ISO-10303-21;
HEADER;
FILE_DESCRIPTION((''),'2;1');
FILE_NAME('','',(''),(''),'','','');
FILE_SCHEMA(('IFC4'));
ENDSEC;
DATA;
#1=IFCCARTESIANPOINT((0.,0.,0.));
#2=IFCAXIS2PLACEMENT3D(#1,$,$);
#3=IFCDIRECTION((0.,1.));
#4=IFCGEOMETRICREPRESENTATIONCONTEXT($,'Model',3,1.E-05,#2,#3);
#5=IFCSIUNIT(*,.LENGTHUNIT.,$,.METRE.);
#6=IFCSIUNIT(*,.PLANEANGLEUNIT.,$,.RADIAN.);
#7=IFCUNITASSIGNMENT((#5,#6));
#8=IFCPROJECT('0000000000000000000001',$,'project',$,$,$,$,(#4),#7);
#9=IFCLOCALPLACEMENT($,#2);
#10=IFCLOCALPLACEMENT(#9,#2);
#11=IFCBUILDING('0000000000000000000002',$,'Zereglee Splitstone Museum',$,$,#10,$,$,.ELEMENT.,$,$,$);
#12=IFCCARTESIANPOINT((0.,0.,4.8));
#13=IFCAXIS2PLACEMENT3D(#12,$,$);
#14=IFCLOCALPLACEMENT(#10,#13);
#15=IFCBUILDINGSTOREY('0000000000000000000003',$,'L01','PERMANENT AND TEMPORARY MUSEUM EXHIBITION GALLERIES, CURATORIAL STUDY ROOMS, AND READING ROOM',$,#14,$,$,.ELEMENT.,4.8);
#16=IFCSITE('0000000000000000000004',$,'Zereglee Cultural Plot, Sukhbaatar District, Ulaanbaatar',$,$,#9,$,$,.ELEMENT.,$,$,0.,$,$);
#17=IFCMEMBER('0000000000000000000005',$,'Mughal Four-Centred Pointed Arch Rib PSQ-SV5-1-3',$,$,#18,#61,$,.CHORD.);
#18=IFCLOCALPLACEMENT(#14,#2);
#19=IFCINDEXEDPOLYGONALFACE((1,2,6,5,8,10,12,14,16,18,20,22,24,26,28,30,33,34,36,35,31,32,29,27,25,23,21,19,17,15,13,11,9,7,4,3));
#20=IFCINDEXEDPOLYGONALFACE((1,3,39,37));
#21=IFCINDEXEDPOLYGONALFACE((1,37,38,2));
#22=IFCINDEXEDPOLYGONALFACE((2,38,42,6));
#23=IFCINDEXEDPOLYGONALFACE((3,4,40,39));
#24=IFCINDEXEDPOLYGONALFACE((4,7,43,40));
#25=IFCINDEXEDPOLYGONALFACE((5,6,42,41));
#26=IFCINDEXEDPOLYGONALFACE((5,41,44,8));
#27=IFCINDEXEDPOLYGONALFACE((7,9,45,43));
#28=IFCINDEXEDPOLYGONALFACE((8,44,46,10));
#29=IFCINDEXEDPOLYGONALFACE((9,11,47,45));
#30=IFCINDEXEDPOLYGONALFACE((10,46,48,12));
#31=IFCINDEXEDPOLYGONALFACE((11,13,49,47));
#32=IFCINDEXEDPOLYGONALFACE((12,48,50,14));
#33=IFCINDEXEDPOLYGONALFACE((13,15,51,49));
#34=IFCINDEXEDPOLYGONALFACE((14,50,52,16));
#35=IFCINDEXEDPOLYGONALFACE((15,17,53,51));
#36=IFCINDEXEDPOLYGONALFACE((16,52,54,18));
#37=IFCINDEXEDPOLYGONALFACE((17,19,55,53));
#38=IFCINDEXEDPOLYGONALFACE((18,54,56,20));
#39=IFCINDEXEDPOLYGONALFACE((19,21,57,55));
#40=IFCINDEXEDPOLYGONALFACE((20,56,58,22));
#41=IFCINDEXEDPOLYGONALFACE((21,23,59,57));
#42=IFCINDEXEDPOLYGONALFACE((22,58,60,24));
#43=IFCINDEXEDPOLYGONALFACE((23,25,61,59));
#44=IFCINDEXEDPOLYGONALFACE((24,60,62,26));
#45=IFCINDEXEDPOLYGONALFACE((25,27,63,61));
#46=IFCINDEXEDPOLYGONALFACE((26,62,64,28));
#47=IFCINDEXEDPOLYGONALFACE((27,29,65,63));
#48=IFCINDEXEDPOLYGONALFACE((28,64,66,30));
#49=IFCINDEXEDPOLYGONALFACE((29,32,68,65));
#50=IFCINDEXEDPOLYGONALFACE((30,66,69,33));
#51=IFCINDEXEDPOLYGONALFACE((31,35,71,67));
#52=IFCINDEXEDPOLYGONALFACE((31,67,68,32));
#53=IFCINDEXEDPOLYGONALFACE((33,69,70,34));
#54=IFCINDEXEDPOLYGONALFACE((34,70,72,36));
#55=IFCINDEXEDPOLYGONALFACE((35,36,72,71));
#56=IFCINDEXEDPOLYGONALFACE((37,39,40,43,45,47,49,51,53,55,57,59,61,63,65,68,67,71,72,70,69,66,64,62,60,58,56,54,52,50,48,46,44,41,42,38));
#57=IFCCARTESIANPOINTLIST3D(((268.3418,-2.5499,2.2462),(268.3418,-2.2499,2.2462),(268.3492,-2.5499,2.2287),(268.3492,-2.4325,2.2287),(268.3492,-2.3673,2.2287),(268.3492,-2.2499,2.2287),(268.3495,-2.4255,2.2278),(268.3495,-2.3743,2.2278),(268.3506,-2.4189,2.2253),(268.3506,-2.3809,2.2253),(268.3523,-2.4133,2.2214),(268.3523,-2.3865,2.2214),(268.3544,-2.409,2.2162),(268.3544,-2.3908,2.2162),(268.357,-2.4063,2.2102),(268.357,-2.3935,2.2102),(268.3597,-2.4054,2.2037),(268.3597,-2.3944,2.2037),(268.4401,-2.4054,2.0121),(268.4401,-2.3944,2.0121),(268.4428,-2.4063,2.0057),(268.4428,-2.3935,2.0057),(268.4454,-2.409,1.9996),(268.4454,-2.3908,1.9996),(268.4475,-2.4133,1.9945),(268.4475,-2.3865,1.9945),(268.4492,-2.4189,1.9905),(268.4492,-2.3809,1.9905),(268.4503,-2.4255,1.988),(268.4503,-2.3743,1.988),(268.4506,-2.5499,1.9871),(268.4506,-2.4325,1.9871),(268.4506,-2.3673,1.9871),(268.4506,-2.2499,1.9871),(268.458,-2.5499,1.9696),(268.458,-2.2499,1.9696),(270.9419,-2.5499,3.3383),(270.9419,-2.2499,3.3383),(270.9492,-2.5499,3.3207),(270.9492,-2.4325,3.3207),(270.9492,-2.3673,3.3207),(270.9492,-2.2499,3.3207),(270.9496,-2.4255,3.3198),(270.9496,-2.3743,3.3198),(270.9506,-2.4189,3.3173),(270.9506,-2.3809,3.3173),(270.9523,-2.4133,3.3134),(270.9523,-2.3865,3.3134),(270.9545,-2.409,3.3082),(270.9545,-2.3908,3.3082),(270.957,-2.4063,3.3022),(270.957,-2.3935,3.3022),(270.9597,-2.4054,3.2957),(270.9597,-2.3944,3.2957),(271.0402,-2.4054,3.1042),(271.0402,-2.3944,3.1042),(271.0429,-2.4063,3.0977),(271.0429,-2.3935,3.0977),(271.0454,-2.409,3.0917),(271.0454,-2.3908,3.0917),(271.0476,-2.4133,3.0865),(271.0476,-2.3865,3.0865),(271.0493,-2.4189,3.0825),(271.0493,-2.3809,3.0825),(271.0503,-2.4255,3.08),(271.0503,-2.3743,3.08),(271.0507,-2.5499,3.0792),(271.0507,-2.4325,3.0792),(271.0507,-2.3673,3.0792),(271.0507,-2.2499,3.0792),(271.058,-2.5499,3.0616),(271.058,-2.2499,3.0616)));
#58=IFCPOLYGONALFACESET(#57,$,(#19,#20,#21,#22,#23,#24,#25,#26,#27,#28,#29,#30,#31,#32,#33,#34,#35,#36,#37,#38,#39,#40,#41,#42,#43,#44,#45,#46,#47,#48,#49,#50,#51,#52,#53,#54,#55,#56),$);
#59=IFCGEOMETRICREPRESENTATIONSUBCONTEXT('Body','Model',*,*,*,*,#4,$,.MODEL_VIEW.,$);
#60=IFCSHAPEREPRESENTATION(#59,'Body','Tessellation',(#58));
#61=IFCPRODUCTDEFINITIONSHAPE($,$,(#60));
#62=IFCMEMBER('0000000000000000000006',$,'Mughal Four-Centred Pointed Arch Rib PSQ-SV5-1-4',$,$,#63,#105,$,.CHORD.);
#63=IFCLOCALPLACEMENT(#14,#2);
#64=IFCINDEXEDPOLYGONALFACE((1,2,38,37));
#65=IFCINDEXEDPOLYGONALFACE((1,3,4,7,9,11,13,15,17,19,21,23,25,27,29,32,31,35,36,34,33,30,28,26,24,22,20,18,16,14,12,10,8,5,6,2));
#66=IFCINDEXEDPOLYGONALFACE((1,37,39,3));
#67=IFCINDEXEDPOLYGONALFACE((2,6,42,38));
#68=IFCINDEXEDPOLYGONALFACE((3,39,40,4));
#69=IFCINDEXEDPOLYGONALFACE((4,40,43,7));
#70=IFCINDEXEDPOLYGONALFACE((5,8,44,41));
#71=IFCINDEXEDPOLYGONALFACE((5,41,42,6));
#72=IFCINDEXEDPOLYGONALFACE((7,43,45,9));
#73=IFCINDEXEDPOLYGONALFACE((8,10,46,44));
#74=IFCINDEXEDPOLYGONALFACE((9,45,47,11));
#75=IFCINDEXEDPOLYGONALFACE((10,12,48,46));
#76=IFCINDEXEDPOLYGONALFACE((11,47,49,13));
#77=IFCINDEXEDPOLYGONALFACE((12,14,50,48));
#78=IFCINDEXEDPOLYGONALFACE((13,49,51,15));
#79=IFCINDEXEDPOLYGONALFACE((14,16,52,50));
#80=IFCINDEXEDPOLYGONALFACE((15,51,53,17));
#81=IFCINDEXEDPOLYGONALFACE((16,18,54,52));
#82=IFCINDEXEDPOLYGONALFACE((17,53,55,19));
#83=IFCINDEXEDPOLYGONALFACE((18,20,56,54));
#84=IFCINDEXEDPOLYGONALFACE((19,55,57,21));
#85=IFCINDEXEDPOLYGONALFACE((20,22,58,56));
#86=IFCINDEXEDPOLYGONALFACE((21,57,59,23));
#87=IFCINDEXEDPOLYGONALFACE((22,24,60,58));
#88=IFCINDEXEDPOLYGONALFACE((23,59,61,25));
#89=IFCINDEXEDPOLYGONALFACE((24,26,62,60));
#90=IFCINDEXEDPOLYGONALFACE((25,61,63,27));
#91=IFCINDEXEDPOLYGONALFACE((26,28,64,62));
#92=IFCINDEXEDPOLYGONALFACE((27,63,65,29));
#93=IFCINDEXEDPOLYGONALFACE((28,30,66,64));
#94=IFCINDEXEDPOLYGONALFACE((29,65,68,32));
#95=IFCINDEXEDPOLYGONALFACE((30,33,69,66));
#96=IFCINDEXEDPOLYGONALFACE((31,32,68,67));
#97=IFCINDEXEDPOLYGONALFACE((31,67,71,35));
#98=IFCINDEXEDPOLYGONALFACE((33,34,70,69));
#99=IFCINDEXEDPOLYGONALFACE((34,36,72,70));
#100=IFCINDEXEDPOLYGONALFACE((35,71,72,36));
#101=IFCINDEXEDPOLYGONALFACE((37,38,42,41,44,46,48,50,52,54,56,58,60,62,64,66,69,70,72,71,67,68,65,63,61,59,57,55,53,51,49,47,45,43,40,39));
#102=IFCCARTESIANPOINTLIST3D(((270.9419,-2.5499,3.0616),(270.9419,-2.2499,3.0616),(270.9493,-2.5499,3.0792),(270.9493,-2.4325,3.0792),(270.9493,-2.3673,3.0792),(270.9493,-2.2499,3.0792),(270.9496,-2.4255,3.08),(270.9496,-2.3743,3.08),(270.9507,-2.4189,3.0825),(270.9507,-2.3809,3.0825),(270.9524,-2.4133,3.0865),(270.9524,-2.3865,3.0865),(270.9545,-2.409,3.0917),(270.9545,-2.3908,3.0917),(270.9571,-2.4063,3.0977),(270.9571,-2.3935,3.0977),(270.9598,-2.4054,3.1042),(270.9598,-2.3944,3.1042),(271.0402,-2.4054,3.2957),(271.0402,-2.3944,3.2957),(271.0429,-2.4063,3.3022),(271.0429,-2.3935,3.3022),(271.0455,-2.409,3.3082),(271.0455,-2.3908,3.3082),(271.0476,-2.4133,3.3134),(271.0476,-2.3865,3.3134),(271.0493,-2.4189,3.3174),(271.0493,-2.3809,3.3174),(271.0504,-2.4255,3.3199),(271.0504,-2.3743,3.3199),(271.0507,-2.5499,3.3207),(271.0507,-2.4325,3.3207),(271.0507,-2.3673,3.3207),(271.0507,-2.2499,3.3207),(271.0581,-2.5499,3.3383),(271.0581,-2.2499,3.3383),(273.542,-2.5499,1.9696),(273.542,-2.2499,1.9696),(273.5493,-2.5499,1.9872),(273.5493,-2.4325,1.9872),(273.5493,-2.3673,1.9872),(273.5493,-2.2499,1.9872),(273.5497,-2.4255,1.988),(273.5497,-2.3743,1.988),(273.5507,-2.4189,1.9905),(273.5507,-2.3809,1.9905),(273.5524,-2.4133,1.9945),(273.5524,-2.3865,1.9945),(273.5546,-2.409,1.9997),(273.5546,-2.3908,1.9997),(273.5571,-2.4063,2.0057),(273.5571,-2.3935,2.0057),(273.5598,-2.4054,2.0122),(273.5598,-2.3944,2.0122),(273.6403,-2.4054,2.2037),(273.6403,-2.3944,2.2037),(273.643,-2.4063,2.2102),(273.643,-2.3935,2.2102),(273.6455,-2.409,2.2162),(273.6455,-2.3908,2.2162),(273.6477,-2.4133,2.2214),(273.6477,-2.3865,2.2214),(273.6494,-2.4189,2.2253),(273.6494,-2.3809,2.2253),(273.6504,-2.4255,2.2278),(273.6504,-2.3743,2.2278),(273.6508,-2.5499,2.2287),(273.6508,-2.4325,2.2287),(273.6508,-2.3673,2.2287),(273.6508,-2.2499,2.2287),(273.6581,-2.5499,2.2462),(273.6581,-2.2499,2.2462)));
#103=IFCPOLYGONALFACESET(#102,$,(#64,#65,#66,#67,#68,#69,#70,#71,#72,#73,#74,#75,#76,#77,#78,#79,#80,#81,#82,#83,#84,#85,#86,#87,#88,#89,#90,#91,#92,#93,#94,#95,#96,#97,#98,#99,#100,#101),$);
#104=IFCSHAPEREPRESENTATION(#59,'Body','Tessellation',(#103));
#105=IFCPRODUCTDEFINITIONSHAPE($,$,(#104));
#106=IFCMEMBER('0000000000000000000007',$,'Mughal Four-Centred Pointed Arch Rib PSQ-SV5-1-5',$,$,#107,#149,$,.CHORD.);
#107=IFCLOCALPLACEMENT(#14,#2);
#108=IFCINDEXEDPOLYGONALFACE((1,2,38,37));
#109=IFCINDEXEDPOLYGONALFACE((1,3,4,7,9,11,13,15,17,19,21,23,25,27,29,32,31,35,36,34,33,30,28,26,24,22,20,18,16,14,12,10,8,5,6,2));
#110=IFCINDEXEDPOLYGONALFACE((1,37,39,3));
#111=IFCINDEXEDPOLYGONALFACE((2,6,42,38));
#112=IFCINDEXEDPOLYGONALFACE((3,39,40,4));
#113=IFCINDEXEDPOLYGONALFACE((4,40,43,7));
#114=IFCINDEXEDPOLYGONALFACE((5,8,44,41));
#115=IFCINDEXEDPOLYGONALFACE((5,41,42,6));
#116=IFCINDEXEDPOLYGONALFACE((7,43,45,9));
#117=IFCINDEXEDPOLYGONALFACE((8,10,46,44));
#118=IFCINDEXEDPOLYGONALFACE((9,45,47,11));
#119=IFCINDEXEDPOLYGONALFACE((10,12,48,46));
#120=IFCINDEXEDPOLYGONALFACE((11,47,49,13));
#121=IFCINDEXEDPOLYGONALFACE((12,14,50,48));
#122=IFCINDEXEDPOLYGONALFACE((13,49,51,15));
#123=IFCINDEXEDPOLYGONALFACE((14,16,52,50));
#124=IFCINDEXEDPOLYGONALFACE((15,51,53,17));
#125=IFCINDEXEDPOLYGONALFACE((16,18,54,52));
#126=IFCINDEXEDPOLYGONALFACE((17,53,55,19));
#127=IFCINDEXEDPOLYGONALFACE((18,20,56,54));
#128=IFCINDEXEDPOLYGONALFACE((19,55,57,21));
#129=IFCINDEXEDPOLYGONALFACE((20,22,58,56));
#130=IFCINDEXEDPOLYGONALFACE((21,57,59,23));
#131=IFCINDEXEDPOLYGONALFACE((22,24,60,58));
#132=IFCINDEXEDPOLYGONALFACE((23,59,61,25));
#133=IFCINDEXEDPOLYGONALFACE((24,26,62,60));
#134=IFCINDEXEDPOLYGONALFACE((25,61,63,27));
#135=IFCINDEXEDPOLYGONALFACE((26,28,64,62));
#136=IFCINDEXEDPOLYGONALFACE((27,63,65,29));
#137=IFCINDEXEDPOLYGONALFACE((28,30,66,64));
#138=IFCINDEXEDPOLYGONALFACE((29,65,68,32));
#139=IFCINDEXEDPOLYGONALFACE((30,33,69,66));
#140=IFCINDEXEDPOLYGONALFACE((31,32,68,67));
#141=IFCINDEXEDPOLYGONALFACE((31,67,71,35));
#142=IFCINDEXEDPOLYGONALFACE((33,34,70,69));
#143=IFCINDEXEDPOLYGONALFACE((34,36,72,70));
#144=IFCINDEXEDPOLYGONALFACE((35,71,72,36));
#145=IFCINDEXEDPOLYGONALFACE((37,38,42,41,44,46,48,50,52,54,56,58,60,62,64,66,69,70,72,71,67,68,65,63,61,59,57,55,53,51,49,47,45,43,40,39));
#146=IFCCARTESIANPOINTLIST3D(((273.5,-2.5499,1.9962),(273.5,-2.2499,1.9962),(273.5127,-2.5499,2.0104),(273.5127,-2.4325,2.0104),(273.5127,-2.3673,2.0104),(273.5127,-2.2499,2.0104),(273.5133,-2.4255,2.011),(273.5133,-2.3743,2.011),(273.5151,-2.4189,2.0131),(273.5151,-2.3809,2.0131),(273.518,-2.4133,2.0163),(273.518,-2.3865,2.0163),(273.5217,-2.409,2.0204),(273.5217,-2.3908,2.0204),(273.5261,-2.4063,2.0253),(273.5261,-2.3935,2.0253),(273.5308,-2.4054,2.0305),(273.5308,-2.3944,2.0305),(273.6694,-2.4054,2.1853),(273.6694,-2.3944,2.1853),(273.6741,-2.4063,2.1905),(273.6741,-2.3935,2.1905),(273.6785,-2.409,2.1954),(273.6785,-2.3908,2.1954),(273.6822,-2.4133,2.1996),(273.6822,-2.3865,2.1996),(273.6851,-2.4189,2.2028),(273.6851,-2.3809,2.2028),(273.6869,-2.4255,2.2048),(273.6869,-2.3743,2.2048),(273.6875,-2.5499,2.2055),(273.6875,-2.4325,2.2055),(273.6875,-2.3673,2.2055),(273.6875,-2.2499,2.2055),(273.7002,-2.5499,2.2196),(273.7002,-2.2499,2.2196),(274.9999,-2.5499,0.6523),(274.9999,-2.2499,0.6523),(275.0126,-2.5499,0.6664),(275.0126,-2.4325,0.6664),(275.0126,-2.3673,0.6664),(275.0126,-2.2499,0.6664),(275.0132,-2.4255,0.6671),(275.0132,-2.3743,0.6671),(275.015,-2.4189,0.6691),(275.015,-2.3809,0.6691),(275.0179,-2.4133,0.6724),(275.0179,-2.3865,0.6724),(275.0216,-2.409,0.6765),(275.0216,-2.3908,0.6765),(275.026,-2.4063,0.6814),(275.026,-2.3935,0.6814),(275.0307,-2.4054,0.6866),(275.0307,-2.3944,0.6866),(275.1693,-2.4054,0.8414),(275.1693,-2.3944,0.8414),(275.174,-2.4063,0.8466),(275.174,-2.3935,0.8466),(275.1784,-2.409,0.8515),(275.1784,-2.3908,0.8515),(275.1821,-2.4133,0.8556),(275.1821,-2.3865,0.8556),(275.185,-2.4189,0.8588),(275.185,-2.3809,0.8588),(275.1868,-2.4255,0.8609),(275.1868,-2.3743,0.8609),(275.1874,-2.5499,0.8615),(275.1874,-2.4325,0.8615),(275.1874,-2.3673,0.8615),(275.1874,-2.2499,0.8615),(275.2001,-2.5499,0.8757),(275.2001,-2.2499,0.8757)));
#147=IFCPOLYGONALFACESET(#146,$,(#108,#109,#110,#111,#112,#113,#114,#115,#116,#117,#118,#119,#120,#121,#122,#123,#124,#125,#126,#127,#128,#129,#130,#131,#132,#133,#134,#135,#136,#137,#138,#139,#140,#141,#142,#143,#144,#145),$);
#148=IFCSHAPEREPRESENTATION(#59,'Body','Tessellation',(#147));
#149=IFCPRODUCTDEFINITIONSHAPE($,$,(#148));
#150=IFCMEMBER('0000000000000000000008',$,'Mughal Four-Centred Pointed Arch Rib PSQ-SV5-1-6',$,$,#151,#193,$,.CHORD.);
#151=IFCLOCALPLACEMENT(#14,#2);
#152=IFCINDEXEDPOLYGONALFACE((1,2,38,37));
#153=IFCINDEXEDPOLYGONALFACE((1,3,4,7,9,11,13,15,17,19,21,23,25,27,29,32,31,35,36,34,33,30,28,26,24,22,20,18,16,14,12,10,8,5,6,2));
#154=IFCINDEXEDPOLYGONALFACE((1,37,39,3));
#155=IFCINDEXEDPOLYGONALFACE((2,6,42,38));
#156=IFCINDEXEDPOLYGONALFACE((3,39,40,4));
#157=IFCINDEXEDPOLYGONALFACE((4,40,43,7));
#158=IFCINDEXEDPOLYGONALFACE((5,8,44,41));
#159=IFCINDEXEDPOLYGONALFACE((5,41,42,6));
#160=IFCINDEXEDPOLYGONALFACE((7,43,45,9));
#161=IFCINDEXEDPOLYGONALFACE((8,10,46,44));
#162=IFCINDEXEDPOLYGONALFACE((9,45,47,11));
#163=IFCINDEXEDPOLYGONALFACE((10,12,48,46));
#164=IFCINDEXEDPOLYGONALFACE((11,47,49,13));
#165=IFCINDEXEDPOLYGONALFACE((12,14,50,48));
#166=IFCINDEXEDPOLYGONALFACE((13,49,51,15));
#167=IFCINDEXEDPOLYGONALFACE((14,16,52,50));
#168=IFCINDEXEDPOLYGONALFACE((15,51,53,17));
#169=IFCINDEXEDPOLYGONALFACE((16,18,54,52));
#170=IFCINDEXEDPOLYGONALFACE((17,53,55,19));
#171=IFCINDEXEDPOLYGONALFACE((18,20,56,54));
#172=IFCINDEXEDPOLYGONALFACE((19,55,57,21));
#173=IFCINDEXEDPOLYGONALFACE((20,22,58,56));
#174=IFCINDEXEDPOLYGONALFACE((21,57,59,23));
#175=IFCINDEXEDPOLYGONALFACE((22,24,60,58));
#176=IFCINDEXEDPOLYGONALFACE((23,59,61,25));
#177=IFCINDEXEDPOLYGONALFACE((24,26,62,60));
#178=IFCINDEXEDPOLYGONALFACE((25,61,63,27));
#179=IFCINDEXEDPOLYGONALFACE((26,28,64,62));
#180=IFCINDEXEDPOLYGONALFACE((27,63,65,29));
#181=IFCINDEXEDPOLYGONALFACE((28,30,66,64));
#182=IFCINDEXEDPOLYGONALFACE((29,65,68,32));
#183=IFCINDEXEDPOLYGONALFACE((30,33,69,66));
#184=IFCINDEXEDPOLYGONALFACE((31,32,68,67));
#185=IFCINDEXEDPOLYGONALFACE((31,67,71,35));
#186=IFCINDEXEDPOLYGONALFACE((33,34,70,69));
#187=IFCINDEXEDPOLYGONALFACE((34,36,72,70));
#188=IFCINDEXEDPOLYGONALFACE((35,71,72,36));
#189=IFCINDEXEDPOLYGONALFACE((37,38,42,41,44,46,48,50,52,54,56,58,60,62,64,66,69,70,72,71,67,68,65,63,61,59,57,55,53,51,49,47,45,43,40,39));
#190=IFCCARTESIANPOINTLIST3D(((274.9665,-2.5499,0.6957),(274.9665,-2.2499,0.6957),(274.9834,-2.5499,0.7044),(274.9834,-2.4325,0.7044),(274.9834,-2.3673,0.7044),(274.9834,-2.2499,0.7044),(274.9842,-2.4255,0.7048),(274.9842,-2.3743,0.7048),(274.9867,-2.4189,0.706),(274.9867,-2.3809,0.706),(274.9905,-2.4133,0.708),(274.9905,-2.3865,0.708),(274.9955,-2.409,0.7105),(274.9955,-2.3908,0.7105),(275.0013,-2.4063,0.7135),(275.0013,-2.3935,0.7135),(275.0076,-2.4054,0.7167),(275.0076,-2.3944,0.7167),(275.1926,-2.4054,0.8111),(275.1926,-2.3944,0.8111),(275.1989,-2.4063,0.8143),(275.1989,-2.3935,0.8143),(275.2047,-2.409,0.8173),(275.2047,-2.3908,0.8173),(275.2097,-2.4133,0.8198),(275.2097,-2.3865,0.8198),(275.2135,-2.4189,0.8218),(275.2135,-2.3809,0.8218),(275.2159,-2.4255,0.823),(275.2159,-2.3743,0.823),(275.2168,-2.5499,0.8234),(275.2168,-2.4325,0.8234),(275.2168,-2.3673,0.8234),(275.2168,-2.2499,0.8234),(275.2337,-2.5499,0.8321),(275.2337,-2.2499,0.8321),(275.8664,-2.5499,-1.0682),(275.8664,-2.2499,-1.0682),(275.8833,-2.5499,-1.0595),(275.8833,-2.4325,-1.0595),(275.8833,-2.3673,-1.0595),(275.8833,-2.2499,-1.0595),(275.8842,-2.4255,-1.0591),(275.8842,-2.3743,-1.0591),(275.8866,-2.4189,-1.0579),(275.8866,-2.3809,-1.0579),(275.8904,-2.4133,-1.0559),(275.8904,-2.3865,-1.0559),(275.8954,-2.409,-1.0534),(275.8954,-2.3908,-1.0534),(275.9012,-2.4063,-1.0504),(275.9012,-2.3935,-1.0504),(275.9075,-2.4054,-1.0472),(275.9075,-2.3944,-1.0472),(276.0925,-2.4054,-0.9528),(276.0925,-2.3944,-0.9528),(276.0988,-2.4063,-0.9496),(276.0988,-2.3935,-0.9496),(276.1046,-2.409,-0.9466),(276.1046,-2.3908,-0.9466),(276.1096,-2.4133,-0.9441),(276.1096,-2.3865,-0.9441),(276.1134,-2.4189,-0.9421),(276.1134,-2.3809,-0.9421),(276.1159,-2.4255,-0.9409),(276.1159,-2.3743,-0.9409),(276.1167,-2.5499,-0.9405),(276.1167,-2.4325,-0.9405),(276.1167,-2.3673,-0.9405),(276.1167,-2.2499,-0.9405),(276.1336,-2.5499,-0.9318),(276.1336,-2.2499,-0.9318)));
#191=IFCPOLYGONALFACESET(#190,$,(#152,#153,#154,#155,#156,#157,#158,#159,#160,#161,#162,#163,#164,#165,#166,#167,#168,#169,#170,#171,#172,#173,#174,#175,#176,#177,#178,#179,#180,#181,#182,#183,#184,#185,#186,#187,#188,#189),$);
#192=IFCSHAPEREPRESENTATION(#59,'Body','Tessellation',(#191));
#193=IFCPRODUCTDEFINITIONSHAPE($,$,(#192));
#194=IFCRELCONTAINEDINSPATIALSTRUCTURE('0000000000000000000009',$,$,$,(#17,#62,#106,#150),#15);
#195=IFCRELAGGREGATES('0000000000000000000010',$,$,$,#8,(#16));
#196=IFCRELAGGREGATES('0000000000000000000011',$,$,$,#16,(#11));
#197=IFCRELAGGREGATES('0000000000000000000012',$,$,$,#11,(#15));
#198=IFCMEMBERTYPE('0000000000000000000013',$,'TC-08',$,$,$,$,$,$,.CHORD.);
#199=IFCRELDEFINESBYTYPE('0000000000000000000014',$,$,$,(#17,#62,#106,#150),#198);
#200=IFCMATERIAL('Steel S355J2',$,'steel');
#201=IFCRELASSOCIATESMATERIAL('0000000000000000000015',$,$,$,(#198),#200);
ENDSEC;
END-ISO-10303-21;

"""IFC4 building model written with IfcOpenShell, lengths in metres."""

from ifc_helpers import new_model, si_unit, direction, frame, origin, origin_2d, place, context, subcontext, project, spatial, i_section, extrude, material, material_profile, profile_set, type_object, element, save


model = new_model("IFC4")

# Units and contexts
model_context = context("Model", 3, precision=1e-05, world=origin(), true_north=direction((0.0, 1.0)))
body_context = subcontext(model_context, "Body", "Model", "MODEL_VIEW")
ifc_project = project(units=[si_unit("LENGTHUNIT", "METRE"), si_unit("PLANEANGLEUNIT", "RADIAN")], contexts=[model_context])

# Site, building, storey
site_placement = place(None, origin())
site = spatial("IfcSite", under=ifc_project, at=site_placement, Name="Zereglee Cultural Plot, Sukhbaatar District, Ulaanbaatar", CompositionType="ELEMENT", RefElevation=0.0)
building_placement = place(site_placement, origin())
building = spatial("IfcBuilding", under=site, at=building_placement, Name="Zereglee Splitstone Museum", CompositionType="ELEMENT")
storey_placement = place(building_placement, frame((0.0, 0.0, 4.8)))
storey = spatial("IfcBuildingStorey", under=building, at=storey_placement, Name="L01", Description="PERMANENT AND TEMPORARY MUSEUM EXHIBITION GALLERIES, CURATORIAL STUDY ROOMS, AND READING ROOM", CompositionType="ELEMENT", Elevation=4.8)

# Shared definitions
ifc_material_1 = material(Name="Steel S355J2", Category="steel")

# Members
ifc_material_profile_1 = material_profile(ifc_material_1, i_section(OverallWidth=0.3, OverallDepth=0.3, WebThickness=0.011, FlangeThickness=0.019, FilletRadius=0.0271, at=origin_2d()), Name="HE 300 B")
ifc_profile_set_1 = profile_set([ifc_material_profile_1], Name="Steel S355J2")
member_type_1 = type_object("IfcMemberType", Name="TC-08", PredefinedType="CHORD", material=ifc_profile_set_1)
for number, where, z_axis, x_axis, name in (
    (1, (268.3999, -2.3999, 2.1079), (0.921982, 0.0, 0.387232), (0.0, 1.0, 0.0), "Mughal Four-Centred Pointed Arch Rib PSQ-SV5-1-3"),
    (2, (271.0, -2.3999, 3.2), (0.921982, 0.0, -0.387232), (0.0, 1.0, 0.0), "Mughal Four-Centred Pointed Arch Rib PSQ-SV5-1-4"),
):
    element("IfcMember", number, at=place(storey_placement, frame(where, z_axis=z_axis, x_axis=x_axis)), inside=storey, type_object=member_type_1, Name=name, PredefinedType="CHORD", context=body_context, shape_type="SweptSolid", body=[
        extrude(i_section(OverallWidth=0.3, OverallDepth=0.3, WebThickness=0.011, FlangeThickness=0.019, FilletRadius=0.0271, at=origin_2d()), origin(), (0.0, 0.0, 1.0), 2.8201),
    ])
member_1_placement = place(storey_placement, frame((273.6001, -2.3999, 2.1079), z_axis=(0.744775, 0.0, -0.667316), x_axis=(0.0, 1.0, 0.0)))
element("IfcMember", 3, at=member_1_placement, inside=storey, type_object=member_type_1, Name="Mughal Four-Centred Pointed Arch Rib PSQ-SV5-1-5", PredefinedType="CHORD", context=body_context, shape_type="SweptSolid", body=[
    extrude(i_section(OverallWidth=0.3, OverallDepth=0.3, WebThickness=0.011, FlangeThickness=0.019, FilletRadius=0.0271, at=origin_2d()), origin(), (0.0, 0.0, 1.0), 2.0139),
])
for number, where, z_axis, x_axis, name in (
    (4, (275.1001, -2.3999, 0.7639), (0.454448, 0.0, -0.890773), (0.0, 1.0, 0.0), "Mughal Four-Centred Pointed Arch Rib PSQ-SV5-1-6"),
):
    element("IfcMember", number, at=place(storey_placement, frame(where, z_axis=z_axis, x_axis=x_axis)), inside=storey, type_object=member_type_1, Name=name, PredefinedType="CHORD", context=body_context, shape_type="SweptSolid", body=[
        extrude(i_section(OverallWidth=0.3, OverallDepth=0.3, WebThickness=0.011, FlangeThickness=0.019, FilletRadius=0.0271, at=origin_2d()), origin(), (0.0, 0.0, 1.0), 1.9802),
    ])

save(model, "model.ifc")
